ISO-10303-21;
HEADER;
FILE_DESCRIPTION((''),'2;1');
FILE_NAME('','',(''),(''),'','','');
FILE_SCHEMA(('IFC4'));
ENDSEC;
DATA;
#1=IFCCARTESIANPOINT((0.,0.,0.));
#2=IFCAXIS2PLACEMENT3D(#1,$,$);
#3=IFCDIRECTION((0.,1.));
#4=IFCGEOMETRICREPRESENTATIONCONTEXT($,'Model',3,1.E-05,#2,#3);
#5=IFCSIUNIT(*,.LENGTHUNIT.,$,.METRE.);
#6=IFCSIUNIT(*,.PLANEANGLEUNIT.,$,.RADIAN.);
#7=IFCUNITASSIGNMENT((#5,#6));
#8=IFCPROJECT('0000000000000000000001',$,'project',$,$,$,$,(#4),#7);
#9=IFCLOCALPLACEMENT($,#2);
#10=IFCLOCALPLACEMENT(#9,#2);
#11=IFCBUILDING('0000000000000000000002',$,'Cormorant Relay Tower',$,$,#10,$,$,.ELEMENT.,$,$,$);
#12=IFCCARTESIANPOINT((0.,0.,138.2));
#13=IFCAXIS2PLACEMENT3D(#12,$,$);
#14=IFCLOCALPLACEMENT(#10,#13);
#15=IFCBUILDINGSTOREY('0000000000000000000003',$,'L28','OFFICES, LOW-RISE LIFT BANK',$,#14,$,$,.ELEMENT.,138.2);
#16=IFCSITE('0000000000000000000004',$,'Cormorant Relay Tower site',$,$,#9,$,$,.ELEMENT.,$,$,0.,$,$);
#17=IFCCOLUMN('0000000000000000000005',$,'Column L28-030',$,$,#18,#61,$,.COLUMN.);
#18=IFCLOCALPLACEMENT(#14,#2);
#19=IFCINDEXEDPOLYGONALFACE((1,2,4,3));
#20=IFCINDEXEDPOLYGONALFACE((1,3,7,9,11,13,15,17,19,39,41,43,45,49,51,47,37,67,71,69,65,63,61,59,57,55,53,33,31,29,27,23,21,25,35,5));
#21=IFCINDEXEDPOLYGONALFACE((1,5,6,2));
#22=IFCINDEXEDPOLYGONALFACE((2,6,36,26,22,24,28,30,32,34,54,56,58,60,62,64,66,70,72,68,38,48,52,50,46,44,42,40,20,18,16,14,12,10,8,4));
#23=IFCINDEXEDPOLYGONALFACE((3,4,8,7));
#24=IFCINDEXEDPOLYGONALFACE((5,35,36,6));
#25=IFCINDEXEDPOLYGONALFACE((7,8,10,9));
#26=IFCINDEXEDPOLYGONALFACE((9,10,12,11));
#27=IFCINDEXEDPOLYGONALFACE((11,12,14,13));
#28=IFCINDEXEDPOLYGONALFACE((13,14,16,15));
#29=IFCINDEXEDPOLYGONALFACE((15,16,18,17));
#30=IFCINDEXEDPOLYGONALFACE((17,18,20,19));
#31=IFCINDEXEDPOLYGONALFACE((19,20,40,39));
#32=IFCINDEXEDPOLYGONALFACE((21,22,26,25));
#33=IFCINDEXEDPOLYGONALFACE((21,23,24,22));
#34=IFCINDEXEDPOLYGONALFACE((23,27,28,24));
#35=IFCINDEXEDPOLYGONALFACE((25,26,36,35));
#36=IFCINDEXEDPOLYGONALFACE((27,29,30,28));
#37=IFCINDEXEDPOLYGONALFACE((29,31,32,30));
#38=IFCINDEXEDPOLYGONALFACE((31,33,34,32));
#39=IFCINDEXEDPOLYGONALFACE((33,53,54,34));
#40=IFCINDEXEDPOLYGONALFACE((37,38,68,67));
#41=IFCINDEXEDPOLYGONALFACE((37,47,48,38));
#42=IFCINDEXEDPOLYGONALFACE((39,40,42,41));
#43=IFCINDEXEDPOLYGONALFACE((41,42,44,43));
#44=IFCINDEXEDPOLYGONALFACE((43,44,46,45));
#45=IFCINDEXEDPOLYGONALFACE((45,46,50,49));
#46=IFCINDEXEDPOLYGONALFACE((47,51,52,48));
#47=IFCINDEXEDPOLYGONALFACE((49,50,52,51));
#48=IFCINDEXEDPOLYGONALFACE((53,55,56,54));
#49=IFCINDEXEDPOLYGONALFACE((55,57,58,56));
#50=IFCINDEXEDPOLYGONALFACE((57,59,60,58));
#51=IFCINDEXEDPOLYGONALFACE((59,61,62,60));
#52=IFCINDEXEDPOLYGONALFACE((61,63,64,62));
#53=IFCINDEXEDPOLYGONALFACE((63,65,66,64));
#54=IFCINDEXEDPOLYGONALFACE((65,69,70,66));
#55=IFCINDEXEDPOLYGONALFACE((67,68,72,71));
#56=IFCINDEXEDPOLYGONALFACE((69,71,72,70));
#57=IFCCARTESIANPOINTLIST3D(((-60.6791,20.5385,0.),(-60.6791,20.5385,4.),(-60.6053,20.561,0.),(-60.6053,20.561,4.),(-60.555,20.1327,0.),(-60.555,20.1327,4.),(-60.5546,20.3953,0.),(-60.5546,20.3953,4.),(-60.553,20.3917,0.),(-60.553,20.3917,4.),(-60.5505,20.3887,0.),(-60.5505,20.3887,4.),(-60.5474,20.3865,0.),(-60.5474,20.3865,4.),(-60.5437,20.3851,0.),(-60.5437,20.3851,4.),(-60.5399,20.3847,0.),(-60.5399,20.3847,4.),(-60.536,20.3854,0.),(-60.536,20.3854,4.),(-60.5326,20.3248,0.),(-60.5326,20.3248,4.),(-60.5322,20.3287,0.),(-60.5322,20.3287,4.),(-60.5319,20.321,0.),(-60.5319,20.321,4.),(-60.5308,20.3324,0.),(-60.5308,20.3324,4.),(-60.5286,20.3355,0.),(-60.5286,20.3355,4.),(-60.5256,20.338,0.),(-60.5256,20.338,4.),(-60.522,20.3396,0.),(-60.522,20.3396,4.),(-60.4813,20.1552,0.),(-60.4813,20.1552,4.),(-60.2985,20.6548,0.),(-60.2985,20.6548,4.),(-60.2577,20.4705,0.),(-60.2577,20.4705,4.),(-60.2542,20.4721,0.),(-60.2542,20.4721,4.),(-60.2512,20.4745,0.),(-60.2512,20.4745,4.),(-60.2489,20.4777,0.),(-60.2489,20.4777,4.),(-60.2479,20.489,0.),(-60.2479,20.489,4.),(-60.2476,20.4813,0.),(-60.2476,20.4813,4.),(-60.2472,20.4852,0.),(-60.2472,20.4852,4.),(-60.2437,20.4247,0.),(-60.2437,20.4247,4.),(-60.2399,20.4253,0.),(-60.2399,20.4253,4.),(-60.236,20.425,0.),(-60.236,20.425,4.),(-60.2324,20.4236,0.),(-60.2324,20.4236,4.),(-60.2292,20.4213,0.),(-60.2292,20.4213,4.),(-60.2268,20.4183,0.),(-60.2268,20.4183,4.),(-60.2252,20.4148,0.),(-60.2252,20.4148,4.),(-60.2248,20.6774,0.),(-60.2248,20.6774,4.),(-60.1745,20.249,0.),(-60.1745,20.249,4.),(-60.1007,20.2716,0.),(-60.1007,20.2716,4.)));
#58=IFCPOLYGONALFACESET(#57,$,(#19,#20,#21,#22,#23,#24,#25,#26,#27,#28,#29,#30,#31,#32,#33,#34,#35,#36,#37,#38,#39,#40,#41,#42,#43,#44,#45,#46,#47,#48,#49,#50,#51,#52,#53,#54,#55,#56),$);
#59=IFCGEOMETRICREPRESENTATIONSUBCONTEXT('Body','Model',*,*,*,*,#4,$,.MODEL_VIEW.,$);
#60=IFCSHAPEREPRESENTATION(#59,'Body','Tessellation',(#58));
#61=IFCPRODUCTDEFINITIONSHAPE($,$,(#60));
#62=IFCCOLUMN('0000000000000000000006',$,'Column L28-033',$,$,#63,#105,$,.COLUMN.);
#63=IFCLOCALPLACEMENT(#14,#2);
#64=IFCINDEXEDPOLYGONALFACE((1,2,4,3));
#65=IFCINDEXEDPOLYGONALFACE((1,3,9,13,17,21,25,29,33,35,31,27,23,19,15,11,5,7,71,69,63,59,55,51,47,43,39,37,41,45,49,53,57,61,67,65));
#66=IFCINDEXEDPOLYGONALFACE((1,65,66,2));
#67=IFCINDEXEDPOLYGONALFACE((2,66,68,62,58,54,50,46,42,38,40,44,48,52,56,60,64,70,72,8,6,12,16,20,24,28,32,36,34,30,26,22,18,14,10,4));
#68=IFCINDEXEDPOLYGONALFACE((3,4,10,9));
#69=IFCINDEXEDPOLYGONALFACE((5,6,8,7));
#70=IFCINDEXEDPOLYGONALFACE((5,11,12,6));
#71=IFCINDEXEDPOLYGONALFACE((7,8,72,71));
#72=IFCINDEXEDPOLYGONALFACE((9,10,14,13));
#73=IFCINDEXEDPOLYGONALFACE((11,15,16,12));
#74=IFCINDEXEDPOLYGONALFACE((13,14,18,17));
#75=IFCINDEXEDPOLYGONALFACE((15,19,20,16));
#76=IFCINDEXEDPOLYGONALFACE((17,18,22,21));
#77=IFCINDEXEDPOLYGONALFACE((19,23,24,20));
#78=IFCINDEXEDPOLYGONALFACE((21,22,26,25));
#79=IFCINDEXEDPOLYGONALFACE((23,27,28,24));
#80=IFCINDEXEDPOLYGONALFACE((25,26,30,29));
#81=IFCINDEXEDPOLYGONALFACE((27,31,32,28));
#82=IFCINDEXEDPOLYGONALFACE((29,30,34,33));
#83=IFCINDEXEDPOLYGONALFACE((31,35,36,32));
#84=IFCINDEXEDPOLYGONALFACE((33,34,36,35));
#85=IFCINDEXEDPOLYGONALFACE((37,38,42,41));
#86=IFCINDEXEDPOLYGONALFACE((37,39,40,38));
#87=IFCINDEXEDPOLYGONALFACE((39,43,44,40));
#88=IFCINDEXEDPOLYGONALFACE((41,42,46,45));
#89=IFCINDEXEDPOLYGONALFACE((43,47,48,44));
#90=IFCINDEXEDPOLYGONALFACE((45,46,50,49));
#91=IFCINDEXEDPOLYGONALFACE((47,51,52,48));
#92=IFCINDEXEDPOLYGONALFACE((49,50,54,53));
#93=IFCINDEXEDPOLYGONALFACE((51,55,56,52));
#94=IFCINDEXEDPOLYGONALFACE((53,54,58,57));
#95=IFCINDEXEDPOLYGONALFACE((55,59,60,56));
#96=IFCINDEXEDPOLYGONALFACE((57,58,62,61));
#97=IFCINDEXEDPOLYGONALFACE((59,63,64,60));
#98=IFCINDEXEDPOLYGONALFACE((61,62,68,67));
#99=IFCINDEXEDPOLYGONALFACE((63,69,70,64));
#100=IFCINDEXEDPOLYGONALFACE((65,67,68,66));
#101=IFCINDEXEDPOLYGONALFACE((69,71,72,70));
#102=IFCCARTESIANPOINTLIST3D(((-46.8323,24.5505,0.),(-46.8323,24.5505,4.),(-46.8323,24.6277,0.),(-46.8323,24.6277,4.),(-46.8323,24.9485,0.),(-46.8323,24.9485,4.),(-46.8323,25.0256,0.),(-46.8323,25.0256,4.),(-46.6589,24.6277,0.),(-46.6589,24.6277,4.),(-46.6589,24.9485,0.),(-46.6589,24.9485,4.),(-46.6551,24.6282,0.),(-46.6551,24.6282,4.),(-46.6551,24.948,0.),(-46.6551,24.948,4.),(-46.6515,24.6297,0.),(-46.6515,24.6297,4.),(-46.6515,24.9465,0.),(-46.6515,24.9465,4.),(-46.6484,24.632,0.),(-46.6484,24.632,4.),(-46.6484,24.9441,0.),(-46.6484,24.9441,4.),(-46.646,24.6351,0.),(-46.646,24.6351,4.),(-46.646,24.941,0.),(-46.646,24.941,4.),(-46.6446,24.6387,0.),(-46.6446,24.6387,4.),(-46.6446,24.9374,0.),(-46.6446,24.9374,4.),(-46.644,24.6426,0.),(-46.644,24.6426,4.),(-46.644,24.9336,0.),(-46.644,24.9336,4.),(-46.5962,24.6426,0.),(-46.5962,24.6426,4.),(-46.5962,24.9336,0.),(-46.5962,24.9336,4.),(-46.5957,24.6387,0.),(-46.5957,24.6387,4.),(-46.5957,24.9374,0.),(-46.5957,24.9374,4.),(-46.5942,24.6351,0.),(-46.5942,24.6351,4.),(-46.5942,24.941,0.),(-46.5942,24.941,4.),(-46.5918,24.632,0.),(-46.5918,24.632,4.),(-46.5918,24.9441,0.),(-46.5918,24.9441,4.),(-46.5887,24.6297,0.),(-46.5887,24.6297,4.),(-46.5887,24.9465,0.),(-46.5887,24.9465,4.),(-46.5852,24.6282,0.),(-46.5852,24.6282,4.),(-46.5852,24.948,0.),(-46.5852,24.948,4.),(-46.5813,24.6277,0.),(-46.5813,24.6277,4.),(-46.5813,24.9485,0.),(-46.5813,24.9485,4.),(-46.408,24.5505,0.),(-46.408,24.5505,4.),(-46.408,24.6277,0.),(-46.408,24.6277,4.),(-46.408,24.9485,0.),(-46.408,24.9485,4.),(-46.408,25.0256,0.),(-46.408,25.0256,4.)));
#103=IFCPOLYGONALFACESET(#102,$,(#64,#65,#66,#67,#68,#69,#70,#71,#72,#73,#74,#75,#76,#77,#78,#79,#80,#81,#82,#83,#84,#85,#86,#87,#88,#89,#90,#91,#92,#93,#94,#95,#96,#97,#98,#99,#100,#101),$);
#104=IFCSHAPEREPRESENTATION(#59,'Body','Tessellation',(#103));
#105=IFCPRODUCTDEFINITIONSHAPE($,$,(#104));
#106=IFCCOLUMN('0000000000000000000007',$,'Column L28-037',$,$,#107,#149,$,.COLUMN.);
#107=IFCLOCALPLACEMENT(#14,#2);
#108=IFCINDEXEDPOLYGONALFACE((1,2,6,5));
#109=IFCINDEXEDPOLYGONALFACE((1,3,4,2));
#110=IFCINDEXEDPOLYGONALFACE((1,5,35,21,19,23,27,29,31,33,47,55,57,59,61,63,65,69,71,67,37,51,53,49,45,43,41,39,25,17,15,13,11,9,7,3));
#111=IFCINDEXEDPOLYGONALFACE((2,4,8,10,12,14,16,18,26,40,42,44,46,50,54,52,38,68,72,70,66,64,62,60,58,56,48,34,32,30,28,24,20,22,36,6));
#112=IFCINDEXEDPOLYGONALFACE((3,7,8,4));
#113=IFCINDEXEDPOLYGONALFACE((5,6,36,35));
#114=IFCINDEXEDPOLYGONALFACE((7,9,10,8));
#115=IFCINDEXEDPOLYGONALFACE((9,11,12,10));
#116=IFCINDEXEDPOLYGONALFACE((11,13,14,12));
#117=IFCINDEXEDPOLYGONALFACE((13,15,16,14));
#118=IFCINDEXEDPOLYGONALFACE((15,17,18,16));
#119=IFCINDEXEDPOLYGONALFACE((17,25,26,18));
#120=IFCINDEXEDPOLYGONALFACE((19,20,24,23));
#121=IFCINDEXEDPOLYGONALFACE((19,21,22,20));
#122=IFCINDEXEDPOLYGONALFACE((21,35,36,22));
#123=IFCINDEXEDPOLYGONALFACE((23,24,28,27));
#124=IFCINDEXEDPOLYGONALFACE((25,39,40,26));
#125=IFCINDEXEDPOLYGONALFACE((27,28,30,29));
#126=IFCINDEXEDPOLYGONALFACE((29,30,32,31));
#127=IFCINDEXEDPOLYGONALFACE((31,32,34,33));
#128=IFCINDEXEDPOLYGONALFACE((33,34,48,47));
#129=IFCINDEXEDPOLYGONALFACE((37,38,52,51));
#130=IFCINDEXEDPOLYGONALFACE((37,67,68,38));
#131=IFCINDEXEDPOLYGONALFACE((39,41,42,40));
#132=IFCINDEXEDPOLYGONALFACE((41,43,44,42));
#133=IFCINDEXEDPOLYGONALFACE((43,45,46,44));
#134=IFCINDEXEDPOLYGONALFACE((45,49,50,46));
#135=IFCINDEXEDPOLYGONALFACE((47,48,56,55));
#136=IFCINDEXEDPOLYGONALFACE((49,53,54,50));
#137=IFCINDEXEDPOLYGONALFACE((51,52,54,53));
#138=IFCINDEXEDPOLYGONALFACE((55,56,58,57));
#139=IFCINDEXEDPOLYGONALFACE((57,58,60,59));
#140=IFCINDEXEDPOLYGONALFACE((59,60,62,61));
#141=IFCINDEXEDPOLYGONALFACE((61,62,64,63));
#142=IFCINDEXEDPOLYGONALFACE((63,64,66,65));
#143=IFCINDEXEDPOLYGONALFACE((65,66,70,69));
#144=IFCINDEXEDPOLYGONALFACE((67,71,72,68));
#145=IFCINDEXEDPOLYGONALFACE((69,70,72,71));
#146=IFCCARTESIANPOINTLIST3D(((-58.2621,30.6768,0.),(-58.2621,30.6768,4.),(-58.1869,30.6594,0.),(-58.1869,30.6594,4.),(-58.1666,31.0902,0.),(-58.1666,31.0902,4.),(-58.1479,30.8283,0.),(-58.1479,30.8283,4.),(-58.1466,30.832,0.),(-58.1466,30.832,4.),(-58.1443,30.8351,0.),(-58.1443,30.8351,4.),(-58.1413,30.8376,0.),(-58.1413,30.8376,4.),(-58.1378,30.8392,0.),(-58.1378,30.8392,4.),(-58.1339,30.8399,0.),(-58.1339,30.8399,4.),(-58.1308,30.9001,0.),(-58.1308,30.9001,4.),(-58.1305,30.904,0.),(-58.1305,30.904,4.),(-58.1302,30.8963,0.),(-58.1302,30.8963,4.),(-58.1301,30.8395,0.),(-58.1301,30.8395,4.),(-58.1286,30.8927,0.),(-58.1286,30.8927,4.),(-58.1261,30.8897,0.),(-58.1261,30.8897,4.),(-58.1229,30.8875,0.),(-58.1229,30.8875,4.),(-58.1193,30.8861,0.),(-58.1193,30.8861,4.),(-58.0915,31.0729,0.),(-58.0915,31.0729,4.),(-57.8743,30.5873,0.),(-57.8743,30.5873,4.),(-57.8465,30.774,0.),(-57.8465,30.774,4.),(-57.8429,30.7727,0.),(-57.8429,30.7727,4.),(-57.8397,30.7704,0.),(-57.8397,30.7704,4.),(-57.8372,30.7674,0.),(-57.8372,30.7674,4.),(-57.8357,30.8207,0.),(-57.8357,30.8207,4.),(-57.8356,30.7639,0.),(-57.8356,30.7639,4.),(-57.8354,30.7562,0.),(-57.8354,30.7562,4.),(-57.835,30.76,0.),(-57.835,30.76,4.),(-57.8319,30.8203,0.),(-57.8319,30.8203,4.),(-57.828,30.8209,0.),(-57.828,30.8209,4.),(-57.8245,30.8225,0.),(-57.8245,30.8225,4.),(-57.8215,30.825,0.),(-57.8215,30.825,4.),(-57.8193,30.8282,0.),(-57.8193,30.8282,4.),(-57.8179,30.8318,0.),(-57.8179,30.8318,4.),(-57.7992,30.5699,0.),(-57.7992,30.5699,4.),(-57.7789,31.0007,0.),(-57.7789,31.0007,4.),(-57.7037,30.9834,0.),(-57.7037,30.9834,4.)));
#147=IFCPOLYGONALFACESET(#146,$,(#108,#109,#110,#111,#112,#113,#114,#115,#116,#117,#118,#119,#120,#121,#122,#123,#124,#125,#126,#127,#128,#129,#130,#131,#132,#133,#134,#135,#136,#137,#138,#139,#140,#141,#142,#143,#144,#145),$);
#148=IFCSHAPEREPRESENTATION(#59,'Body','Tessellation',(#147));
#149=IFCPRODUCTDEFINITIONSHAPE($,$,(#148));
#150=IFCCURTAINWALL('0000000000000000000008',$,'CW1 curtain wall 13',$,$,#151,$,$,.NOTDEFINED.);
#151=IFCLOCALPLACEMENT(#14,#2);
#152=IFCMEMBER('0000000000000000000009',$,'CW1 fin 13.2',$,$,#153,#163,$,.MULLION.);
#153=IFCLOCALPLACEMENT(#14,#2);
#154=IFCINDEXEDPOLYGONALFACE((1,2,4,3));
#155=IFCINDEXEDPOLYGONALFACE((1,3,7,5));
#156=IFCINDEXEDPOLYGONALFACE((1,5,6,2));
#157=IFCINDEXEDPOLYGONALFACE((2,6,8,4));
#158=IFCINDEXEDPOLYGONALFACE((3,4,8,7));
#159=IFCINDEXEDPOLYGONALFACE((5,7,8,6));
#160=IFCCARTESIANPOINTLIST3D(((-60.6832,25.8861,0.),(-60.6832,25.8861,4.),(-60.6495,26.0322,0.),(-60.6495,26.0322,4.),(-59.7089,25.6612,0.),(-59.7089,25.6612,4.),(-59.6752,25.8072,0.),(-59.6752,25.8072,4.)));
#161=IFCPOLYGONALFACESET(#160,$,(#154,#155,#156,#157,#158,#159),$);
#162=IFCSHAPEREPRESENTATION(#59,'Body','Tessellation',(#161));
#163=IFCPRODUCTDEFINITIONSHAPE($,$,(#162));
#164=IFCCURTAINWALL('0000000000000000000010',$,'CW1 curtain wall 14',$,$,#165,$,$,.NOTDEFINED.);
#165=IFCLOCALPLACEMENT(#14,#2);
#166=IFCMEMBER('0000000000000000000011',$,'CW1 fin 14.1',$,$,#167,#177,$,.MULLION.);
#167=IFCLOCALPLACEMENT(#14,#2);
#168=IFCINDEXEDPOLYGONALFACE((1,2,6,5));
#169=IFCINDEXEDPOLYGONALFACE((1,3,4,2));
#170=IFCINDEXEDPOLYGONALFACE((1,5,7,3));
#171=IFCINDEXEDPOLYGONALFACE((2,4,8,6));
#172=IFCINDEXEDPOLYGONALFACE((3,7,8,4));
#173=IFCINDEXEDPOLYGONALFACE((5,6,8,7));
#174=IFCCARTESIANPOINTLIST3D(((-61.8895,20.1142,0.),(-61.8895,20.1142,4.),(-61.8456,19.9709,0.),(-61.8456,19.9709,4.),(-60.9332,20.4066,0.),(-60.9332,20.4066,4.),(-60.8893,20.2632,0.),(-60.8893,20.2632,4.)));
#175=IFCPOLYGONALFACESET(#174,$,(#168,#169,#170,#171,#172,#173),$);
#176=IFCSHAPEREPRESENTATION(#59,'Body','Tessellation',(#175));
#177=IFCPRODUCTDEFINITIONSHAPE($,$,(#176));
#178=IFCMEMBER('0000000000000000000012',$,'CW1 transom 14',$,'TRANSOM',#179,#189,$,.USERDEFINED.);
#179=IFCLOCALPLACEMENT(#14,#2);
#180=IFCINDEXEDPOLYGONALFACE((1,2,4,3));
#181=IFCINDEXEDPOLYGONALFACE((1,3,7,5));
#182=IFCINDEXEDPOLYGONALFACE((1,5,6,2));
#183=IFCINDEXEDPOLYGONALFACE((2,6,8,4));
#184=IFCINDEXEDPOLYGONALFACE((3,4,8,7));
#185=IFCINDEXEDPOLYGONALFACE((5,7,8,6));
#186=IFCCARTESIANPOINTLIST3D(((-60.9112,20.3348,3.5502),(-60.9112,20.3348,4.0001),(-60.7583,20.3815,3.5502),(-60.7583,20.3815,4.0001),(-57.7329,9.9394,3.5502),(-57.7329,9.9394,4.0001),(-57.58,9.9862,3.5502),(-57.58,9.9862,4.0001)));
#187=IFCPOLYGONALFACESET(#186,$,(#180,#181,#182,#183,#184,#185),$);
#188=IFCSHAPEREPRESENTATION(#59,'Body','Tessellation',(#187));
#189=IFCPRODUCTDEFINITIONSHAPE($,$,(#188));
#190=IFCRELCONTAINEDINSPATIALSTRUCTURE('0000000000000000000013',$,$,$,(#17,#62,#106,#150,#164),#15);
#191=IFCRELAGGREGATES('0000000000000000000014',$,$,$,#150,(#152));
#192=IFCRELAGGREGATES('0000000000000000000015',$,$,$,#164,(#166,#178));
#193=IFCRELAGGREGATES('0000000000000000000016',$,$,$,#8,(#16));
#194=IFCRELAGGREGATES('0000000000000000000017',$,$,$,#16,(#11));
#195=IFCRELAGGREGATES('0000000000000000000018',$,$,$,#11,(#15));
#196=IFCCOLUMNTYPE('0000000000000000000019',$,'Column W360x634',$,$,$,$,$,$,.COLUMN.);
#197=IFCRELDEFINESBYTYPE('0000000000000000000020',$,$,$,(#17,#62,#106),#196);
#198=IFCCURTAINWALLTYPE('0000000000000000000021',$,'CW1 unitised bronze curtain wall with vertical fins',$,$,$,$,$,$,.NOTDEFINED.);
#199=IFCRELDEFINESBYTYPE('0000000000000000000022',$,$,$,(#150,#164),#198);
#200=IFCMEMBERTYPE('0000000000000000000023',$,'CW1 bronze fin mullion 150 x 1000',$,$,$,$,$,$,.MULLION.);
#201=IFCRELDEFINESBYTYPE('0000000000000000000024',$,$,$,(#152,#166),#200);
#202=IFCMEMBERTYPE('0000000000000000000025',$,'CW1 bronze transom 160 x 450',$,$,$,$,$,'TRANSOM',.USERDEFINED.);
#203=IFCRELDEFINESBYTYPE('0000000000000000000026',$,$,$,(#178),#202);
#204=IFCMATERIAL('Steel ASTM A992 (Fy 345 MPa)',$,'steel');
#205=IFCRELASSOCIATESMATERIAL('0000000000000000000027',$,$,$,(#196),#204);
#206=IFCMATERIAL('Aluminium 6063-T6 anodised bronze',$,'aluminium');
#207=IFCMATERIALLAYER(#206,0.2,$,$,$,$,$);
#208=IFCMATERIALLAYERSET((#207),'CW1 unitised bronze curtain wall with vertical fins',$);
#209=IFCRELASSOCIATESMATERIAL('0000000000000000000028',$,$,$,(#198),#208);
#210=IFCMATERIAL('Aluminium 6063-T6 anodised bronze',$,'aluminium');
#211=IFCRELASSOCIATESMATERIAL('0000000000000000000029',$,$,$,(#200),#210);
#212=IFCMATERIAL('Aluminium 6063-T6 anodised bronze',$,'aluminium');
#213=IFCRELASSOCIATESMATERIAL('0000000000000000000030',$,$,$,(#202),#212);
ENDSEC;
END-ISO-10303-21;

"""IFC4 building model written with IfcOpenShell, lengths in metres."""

from ifc_helpers import new_model, si_unit, direction, frame, origin, origin_2d, place, context, subcontext, project, spatial, rectangle, i_section, extrude, material, layer, layer_set, material_profile, profile_set, type_object, element, aggregate, save


model = new_model("IFC4")

# Units and contexts
model_context = context("Model", 3, precision=1e-05, world=origin(), true_north=direction((0.0, 1.0)))
body_context = subcontext(model_context, "Body", "Model", "MODEL_VIEW")
ifc_project = project(units=[si_unit("LENGTHUNIT", "METRE"), si_unit("PLANEANGLEUNIT", "RADIAN")], contexts=[model_context])

# Site, building, storey
site_placement = place(None, origin())
site = spatial("IfcSite", under=ifc_project, at=site_placement, Name="Cormorant Relay Tower site", CompositionType="ELEMENT", RefElevation=0.0)
building_placement = place(site_placement, origin())
building = spatial("IfcBuilding", under=site, at=building_placement, Name="Cormorant Relay Tower", CompositionType="ELEMENT")
storey_placement = place(building_placement, frame((0.0, 0.0, 138.2)))
storey = spatial("IfcBuildingStorey", under=building, at=storey_placement, Name="L28", Description="OFFICES, LOW-RISE LIFT BANK", CompositionType="ELEMENT", Elevation=138.2)

# Columns
ifc_material_1 = material(Name="Steel ASTM A992 (Fy 345 MPa)", Category="steel")
ifc_material_profile_1 = material_profile(ifc_material_1, i_section(OverallWidth=0.4243, OverallDepth=0.4751, WebThickness=0.0479, FlangeThickness=0.0771, FilletRadius=0.0149, at=origin_2d()), Name="W360x634")
ifc_profile_set_1 = profile_set([ifc_material_profile_1], Name="Steel ASTM A992 (Fy 345 MPa)")
column_type = type_object("IfcColumnType", Name="Column W360x634", PredefinedType="COLUMN", material=ifc_profile_set_1)
for number, where, z_axis, x_axis, name in (
    (1, (-60.3899, 20.405, 0.0), (0.0, 0.0, 1.0), (0.292372, -0.956305, 0.0), "Column L28-030"),
    (2, (-46.6201, 24.7881, 0.0), (0.0, 0.0, 1.0), (1.0, 0.0, 0.0), "Column L28-033"),
    (3, (-57.9829, 30.8301, 0.0), (0.0, 0.0, 1.0), (-0.224951, -0.97437, 0.0), "Column L28-037"),
):
    element("IfcColumn", number, at=place(storey_placement, frame(where, z_axis=z_axis, x_axis=x_axis)), inside=storey, type_object=column_type, Name=name, PredefinedType="COLUMN", context=body_context, shape_type="SweptSolid", body=[
        extrude(i_section(OverallWidth=0.4243, OverallDepth=0.4751, WebThickness=0.0479, FlangeThickness=0.0771, FilletRadius=0.0149, at=origin_2d()), origin(), (0.0, 0.0, 1.0), 4.0),
    ])

# Curtain wall, member
ifc_material_2 = material(Name="Aluminium 6063-T6 anodised bronze", Category="aluminium")
ifc_layer_1 = layer(ifc_material_2, 0.2)
ifc_layer_set_1 = layer_set([ifc_layer_1], Name="CW1 unitised bronze curtain wall with vertical fins")
curtain_wall_type = type_object("IfcCurtainWallType", Name="CW1 unitised bronze curtain wall with vertical fins", PredefinedType="NOTDEFINED", material=ifc_layer_set_1)
curtain_wall_1_placement = place(storey_placement, origin())
curtain_wall_1 = element("IfcCurtainWall", 4, at=curtain_wall_1_placement, inside=storey, type_object=curtain_wall_type, Name="CW1 curtain wall 13", PredefinedType="NOTDEFINED")
ifc_material_3 = material(Name="Aluminium 6063-T6 anodised bronze", Category="aluminium")
ifc_material_profile_2 = material_profile(ifc_material_3, rectangle(XDim=0.1499, YDim=1.0, at=origin_2d()), Name="AL 150x1000")
ifc_profile_set_2 = profile_set([ifc_material_profile_2], Name="Aluminium 6063-T6 anodised bronze")
member_type_1 = type_object("IfcMemberType", Name="CW1 bronze fin mullion 150 x 1000", PredefinedType="MULLION", material=ifc_profile_set_2)
member_1_placement = place(storey_placement, frame((-60.1792, 25.8467, 0.0), z_axis=(0.0, 0.0, 1.0), x_axis=(-0.224951, -0.97437, 0.0)))
member_1 = element("IfcMember", 5, at=member_1_placement, type_object=member_type_1, Name="CW1 fin 13.2", PredefinedType="MULLION", context=body_context, shape_type="SweptSolid", body=[
    extrude(rectangle(XDim=0.1499, YDim=1.0, at=origin_2d()), origin(), (0.0, 0.0, 1.0), 4.0),
])

# Curtain wall, members
curtain_wall_2_placement = place(storey_placement, origin())
curtain_wall_2 = element("IfcCurtainWall", 6, at=curtain_wall_2_placement, inside=storey, type_object=curtain_wall_type, Name="CW1 curtain wall 14", PredefinedType="NOTDEFINED")
member_2_placement = place(storey_placement, frame((-61.3894, 20.1887, 0.0), z_axis=(0.0, 0.0, 1.0), x_axis=(0.292372, -0.956305, 0.0)))
member_2 = element("IfcMember", 7, at=member_2_placement, type_object=member_type_1, Name="CW1 fin 14.1", PredefinedType="MULLION", context=body_context, shape_type="SweptSolid", body=[
    extrude(rectangle(XDim=0.1499, YDim=1.0, at=origin_2d()), origin(), (0.0, 0.0, 1.0), 4.0),
])
ifc_material_4 = material(Name="Aluminium 6063-T6 anodised bronze", Category="aluminium")
ifc_material_profile_3 = material_profile(ifc_material_4, rectangle(XDim=0.1599, YDim=0.45, at=origin_2d()), Name="AL 160x450")
ifc_profile_set_3 = profile_set([ifc_material_profile_3], Name="Aluminium 6063-T6 anodised bronze")
member_type_2 = type_object("IfcMemberType", Name="CW1 bronze transom 160 x 450", ElementType="TRANSOM", PredefinedType="USERDEFINED", material=ifc_profile_set_3)
member_3_placement = place(storey_placement, frame((-60.8347, 20.3582, 3.7751), z_axis=(0.292378, -0.956303, 0.0), x_axis=(0.956303, 0.292378, 0.0)))
member_3 = element("IfcMember", 8, at=member_3_placement, type_object=member_type_2, Name="CW1 transom 14", ObjectType="TRANSOM", PredefinedType="USERDEFINED", context=body_context, shape_type="SweptSolid", body=[
    extrude(rectangle(XDim=0.1599, YDim=0.45, at=origin_2d()), origin(), (0.0, 0.0, 1.0), 10.8704),
])

aggregate(curtain_wall_1, [member_1])
aggregate(curtain_wall_2, [member_2, member_3])

save(model, "model.ifc")
